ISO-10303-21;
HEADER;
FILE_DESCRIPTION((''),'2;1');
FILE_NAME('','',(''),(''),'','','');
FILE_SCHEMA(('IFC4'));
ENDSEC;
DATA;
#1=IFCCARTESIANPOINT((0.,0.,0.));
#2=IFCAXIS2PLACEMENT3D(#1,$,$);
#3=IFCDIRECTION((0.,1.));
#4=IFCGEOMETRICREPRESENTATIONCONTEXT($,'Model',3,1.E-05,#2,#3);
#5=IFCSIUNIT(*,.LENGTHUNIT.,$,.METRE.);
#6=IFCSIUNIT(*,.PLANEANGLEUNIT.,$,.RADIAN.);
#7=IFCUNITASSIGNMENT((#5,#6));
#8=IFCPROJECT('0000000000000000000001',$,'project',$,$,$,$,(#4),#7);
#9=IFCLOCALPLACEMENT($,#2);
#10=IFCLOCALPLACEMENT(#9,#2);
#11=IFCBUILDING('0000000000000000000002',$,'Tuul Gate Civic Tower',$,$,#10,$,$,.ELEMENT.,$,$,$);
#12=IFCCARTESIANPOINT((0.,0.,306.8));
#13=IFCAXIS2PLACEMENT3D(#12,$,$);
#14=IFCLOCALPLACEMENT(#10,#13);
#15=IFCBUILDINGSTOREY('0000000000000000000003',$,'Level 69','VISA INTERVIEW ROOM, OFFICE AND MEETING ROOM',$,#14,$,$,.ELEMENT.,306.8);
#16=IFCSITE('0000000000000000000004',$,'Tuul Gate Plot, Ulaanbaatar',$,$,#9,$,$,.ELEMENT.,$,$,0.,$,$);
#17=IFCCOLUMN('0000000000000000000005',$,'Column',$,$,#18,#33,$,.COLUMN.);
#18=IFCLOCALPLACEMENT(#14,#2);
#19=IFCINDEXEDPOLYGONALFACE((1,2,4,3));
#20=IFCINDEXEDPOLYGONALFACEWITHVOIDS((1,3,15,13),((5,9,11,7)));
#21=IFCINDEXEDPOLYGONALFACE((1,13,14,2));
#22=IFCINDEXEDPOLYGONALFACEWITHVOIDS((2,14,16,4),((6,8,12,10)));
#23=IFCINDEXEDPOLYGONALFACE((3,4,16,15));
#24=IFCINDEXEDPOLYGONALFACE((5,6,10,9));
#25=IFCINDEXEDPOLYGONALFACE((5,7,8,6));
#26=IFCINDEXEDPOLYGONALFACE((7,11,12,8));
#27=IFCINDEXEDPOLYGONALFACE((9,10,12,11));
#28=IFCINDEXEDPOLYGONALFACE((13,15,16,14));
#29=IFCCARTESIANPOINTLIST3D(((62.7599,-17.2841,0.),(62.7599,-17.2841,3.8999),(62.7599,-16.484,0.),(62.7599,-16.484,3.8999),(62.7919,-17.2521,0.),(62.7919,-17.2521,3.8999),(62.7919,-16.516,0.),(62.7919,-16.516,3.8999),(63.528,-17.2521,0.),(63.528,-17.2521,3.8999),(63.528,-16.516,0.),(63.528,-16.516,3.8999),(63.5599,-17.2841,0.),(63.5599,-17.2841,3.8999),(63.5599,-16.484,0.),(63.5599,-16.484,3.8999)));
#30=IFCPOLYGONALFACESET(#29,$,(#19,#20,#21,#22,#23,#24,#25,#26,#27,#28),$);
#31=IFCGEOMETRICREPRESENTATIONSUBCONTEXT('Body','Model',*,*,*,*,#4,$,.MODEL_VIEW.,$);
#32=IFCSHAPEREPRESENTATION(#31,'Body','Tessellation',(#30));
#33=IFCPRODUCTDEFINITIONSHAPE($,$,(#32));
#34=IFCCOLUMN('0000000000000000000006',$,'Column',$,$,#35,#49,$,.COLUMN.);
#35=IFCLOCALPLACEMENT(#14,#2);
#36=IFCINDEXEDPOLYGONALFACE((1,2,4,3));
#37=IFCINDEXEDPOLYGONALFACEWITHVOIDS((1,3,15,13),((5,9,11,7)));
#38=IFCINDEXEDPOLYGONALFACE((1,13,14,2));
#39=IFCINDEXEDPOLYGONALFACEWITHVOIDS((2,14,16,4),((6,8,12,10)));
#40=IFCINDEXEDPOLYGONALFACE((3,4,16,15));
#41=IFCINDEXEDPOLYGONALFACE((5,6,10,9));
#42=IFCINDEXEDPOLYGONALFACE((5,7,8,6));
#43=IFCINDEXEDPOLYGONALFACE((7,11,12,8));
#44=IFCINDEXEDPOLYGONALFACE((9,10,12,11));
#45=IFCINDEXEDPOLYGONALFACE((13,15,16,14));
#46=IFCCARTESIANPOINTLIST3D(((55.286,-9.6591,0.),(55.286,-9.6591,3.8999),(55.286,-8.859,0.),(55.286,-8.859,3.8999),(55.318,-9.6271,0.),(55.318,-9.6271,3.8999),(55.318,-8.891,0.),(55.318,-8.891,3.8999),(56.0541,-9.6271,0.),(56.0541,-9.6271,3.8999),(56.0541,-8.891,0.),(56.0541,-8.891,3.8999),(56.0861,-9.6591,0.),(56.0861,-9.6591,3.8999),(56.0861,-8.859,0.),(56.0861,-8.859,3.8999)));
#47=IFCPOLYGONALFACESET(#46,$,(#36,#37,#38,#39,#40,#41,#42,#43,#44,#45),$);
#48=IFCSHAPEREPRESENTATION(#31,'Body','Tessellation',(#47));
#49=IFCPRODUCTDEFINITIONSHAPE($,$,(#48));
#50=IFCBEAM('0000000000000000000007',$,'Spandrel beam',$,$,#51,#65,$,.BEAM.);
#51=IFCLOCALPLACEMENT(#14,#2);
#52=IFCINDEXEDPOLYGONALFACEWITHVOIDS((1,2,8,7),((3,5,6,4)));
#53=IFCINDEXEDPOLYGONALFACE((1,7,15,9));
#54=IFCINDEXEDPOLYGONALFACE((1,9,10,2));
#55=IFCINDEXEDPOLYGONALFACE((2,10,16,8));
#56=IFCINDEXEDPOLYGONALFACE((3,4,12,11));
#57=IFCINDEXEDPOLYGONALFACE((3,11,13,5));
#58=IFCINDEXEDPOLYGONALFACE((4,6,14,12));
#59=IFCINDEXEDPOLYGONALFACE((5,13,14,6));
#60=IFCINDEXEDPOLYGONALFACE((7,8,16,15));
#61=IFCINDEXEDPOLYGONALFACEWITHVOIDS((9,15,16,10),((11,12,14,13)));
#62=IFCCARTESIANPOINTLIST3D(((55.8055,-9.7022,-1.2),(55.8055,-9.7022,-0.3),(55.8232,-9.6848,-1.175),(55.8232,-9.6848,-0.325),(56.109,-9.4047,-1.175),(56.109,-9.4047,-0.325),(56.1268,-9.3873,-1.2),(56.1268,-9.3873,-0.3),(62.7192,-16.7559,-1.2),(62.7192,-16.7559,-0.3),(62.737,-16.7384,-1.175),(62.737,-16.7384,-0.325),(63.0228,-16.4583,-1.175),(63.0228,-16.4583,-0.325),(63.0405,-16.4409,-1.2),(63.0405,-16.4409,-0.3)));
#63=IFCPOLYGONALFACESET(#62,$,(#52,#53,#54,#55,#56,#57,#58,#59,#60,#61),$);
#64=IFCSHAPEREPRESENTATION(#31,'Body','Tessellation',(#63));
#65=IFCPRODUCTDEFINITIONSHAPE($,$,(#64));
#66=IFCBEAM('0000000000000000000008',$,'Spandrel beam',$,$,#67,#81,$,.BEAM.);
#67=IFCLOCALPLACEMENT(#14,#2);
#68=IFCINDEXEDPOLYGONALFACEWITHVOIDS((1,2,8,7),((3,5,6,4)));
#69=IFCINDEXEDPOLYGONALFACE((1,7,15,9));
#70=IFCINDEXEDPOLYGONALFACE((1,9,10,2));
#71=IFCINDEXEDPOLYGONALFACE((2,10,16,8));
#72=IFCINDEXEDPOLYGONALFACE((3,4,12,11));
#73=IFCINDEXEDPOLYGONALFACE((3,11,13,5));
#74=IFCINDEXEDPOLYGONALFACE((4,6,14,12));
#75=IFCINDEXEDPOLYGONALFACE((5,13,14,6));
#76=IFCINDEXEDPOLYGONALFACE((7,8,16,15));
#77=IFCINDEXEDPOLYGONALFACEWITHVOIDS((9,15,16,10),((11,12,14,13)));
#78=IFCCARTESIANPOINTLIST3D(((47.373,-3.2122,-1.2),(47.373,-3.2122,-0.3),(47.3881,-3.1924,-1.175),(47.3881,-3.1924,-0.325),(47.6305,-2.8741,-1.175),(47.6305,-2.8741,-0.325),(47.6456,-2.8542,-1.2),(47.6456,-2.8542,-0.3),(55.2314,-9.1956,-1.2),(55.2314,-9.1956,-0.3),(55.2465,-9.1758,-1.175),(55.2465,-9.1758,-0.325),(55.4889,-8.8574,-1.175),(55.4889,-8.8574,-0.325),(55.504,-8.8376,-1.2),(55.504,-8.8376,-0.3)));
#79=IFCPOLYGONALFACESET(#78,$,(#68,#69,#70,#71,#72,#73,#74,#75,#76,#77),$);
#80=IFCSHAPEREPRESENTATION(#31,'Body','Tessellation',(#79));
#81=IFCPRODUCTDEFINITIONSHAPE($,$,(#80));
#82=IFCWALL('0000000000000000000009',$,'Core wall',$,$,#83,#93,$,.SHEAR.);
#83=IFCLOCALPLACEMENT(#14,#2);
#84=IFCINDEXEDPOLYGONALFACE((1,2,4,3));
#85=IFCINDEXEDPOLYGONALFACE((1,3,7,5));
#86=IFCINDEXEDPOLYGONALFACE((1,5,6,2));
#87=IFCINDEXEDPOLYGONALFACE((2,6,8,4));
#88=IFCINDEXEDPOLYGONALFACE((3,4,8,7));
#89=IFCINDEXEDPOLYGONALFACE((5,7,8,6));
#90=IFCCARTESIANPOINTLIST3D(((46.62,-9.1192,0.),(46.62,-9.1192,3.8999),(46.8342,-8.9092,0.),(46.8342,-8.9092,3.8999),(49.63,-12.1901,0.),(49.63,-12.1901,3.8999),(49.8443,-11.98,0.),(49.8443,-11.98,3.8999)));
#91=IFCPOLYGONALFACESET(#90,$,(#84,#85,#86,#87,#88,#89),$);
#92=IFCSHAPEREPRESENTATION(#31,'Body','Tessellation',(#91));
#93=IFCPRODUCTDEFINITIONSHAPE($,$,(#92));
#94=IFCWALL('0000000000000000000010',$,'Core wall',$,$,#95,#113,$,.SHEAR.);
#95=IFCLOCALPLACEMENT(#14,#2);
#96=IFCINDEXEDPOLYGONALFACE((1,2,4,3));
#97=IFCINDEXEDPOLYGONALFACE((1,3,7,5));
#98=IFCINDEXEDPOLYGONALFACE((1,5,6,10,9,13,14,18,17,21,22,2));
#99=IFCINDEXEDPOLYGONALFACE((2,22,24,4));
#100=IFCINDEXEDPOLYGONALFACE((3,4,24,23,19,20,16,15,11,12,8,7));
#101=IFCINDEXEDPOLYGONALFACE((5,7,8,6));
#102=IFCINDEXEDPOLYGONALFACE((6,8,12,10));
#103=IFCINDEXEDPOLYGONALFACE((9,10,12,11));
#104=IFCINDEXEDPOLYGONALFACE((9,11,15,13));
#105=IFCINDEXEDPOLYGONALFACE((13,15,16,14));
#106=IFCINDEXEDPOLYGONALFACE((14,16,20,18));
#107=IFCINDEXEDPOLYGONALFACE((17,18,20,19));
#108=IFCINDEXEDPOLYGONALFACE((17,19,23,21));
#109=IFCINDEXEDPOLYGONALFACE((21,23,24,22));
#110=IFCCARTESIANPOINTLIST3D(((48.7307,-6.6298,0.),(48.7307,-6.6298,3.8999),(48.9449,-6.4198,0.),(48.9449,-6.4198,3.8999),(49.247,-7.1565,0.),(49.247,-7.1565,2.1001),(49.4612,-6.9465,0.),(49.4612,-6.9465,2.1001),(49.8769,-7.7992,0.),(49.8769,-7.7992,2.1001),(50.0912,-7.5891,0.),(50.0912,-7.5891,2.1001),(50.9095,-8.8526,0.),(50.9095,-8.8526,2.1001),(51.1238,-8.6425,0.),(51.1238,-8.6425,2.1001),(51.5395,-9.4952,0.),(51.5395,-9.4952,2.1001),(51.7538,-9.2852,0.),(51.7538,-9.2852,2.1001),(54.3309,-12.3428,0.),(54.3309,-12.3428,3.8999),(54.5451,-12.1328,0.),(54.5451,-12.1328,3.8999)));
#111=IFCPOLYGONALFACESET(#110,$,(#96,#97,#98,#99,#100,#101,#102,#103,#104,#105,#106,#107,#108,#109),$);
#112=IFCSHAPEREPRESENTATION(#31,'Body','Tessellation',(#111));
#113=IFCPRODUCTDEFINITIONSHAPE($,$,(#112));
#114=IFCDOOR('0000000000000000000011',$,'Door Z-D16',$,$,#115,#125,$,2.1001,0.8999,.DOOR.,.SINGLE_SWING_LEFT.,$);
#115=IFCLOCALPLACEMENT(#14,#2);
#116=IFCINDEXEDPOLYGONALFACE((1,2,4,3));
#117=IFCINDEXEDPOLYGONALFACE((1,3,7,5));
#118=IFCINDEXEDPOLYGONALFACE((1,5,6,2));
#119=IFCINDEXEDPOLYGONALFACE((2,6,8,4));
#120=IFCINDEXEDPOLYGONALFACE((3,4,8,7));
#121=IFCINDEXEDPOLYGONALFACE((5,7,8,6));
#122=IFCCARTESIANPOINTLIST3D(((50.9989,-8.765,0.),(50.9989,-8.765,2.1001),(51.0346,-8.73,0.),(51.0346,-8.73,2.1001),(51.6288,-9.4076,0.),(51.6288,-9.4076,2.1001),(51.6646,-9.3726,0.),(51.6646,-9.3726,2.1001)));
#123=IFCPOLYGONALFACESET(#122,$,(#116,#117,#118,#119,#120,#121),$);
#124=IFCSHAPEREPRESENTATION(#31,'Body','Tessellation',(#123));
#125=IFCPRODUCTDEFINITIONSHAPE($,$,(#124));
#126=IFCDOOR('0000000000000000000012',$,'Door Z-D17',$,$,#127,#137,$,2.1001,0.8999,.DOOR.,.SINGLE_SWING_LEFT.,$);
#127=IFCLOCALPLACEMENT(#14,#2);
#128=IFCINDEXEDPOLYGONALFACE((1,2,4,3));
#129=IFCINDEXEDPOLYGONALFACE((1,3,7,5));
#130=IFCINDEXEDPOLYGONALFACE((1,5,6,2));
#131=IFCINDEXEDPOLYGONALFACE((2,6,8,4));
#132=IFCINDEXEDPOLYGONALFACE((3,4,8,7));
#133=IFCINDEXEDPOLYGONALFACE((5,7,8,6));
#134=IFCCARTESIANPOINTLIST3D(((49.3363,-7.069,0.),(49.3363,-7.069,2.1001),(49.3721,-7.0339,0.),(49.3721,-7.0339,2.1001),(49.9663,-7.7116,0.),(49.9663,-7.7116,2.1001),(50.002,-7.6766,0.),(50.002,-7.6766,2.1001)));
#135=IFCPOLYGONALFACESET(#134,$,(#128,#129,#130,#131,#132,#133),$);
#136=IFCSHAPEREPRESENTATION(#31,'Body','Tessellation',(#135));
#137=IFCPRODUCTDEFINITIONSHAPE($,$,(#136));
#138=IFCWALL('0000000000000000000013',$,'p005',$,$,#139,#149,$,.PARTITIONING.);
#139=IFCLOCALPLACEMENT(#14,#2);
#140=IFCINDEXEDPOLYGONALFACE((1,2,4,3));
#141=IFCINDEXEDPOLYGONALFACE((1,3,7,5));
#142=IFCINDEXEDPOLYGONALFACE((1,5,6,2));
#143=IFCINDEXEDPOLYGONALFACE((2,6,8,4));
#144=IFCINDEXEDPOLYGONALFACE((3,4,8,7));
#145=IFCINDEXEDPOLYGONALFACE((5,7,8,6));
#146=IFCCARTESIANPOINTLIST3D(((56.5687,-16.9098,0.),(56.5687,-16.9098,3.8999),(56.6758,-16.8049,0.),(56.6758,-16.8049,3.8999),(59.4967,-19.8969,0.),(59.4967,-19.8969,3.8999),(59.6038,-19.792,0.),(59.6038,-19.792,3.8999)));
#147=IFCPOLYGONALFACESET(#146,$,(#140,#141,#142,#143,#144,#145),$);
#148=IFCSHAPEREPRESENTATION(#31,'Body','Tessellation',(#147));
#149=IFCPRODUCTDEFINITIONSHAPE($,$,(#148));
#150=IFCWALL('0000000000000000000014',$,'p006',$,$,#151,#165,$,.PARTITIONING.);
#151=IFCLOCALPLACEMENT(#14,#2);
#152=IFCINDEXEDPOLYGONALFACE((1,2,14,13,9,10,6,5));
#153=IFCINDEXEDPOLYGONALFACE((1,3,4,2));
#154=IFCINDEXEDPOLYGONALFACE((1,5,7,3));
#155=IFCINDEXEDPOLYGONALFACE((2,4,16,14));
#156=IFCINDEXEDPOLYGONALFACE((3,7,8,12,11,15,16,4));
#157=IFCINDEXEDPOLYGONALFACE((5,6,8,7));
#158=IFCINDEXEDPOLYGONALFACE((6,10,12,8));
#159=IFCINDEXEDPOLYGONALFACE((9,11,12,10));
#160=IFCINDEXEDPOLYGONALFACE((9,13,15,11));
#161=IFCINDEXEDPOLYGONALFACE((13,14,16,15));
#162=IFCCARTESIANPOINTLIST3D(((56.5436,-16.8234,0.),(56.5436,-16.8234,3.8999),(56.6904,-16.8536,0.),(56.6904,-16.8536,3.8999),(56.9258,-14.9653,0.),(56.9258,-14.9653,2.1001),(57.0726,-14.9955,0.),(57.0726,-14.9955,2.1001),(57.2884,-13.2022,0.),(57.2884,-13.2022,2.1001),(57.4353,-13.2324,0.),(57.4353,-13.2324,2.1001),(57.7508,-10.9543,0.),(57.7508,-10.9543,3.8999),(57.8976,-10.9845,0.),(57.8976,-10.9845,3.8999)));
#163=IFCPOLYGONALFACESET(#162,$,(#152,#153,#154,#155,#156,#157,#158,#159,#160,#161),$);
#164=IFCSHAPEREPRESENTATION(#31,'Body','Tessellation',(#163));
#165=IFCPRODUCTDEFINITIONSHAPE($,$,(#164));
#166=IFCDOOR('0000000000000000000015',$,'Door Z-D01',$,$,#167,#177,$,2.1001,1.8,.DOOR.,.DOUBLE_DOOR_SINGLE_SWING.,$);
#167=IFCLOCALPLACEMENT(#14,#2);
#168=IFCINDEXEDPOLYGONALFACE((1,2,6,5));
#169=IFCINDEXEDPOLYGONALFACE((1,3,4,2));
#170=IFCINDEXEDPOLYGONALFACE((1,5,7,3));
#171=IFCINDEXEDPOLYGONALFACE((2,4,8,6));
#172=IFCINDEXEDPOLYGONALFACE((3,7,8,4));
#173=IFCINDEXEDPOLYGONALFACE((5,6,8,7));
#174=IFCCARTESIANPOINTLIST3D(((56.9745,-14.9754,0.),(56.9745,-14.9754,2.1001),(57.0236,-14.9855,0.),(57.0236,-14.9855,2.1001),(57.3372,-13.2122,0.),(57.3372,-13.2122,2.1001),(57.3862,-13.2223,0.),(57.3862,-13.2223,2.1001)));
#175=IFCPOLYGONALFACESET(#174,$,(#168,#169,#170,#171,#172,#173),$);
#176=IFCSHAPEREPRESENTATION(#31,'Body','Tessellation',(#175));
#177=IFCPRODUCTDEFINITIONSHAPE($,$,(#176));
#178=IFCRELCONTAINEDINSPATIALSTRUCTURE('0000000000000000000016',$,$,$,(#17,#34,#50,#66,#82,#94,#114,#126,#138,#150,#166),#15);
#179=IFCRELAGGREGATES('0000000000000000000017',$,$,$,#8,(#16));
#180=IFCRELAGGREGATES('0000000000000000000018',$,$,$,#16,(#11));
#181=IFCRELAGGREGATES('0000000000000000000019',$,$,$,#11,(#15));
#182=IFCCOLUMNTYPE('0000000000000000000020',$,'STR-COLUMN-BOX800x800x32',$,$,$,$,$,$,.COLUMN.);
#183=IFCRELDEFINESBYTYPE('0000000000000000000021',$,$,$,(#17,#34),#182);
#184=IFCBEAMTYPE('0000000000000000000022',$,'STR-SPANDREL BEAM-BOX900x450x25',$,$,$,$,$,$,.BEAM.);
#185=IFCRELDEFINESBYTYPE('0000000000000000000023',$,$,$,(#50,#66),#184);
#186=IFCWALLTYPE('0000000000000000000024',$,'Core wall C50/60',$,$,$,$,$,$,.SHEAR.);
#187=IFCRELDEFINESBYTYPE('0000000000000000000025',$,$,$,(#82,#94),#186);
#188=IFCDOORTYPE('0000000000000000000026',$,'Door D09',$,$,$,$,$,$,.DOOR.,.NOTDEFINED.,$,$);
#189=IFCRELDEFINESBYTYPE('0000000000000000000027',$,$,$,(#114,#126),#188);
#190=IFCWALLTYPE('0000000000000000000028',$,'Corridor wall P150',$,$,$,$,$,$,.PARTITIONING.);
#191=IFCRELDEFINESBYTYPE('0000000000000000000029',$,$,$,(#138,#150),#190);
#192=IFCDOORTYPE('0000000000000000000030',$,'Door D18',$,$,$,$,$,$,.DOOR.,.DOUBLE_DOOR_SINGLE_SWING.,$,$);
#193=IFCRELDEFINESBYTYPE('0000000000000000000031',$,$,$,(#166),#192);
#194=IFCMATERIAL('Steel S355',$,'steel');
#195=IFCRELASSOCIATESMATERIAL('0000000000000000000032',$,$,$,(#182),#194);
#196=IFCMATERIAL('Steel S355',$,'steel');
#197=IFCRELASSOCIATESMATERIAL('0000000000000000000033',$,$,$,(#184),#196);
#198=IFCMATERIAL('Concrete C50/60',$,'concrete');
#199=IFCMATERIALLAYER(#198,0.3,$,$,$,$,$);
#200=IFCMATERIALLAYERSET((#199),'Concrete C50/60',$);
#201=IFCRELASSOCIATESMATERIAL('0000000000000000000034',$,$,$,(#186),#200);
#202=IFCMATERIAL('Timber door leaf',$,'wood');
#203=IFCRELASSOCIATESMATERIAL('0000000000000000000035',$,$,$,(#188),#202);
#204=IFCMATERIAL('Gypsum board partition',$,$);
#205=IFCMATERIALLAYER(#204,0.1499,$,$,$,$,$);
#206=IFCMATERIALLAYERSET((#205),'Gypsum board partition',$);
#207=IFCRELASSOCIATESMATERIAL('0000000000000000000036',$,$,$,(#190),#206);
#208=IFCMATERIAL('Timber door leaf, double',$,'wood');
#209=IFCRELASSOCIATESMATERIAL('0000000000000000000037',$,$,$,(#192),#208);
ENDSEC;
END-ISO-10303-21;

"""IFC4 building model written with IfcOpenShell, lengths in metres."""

from ifc_helpers import new_model, si_unit, direction, frame, frame_2d, origin, origin_2d, place, context, subcontext, project, spatial, rectangle, hollow_rectangle, extrude, material, layer, layer_set, material_profile, profile_set, type_object, element, fill, save


model = new_model("IFC4")

# Units and contexts
model_context = context("Model", 3, precision=1e-05, world=origin(), true_north=direction((0.0, 1.0)))
body_context = subcontext(model_context, "Body", "Model", "MODEL_VIEW")
ifc_project = project(units=[si_unit("LENGTHUNIT", "METRE"), si_unit("PLANEANGLEUNIT", "RADIAN")], contexts=[model_context])

# Site, building, storey
site_placement = place(None, origin())
site = spatial("IfcSite", under=ifc_project, at=site_placement, Name="Tuul Gate Plot, Ulaanbaatar", CompositionType="ELEMENT", RefElevation=0.0)
building_placement = place(site_placement, origin())
building = spatial("IfcBuilding", under=site, at=building_placement, Name="Tuul Gate Civic Tower", CompositionType="ELEMENT")
storey_placement = place(building_placement, frame((0.0, 0.0, 306.8)))
storey = spatial("IfcBuildingStorey", under=building, at=storey_placement, Name="Level 69", Description="VISA INTERVIEW ROOM, OFFICE AND MEETING ROOM", CompositionType="ELEMENT", Elevation=306.8)

# Columns
ifc_material_1 = material(Name="Steel S355", Category="steel")
ifc_material_profile_1 = material_profile(ifc_material_1, hollow_rectangle(XDim=0.8, YDim=0.8, WallThickness=0.032, at=origin_2d()), Name="BOX800x800x32")
ifc_profile_set_1 = profile_set([ifc_material_profile_1], Name="Steel S355")
column_type = type_object("IfcColumnType", Name="STR-COLUMN-BOX800x800x32", PredefinedType="COLUMN", material=ifc_profile_set_1)
for number, where, z_axis, x_axis, name in (
    (1, (63.1599, -16.884, 0.0), (0.0, 0.0, 1.0), (1.0, 0.0, 0.0), "Column"),
    (2, (55.686, -9.259, 0.0), (0.0, 0.0, 1.0), (1.0, 0.0, 0.0), "Column"),
):
    element("IfcColumn", number, at=place(storey_placement, frame(where, z_axis=z_axis, x_axis=x_axis)), inside=storey, type_object=column_type, Name=name, PredefinedType="COLUMN", context=body_context, shape_type="SweptSolid", body=[
        extrude(hollow_rectangle(XDim=0.8, YDim=0.8, WallThickness=0.032, at=origin_2d()), origin(), (0.0, 0.0, 1.0), 3.8999),
    ])

# Beams
ifc_material_2 = material(Name="Steel S355", Category="steel")
ifc_material_profile_2 = material_profile(ifc_material_2, hollow_rectangle(XDim=0.45, YDim=0.8999, WallThickness=0.0249, at=origin_2d()), Name="BOX900x450x25")
ifc_profile_set_2 = profile_set([ifc_material_profile_2], Name="Steel S355")
beam_type = type_object("IfcBeamType", Name="STR-SPANDREL BEAM-BOX900x450x25", PredefinedType="BEAM", material=ifc_profile_set_2)
for number, where, z_axis, x_axis, name in (
    (3, (62.8799, -16.5984, -0.75), (-0.69999, 0.714153, 0.0), (-0.714153, -0.69999, 0.0), "Spandrel beam"),
    (4, (55.3677, -9.0166, -0.75), (-0.795625, 0.60579, 0.0), (-0.60579, -0.795625, 0.0), "Spandrel beam"),
):
    element("IfcBeam", number, at=place(storey_placement, frame(where, z_axis=z_axis, x_axis=x_axis)), inside=storey, type_object=beam_type, Name=name, PredefinedType="BEAM", context=body_context, shape_type="SweptSolid", body=[
        extrude(hollow_rectangle(XDim=0.45, YDim=0.8999, WallThickness=0.0249, at=origin_2d()), origin(), (0.0, 0.0, 1.0), 9.877),
    ])

# Wall
ifc_material_3 = material(Name="Concrete C50/60", Category="concrete")
ifc_layer_1 = layer(ifc_material_3, 0.3)
ifc_layer_set_1 = layer_set([ifc_layer_1], Name="Concrete C50/60")
wall_type_1 = type_object("IfcWallType", Name="Core wall C50/60", PredefinedType="SHEAR", material=ifc_layer_set_1)
wall_1_placement = place(storey_placement, frame((49.7371, -12.085, 0.0), z_axis=(0.0, 0.0, 1.0), x_axis=(-0.700003, 0.71414, 0.0)))
element("IfcWall", 5, at=wall_1_placement, inside=storey, type_object=wall_type_1, Name="Core wall", PredefinedType="SHEAR", context=body_context, shape_type="SweptSolid", body=[
    extrude(rectangle(XDim=4.3, YDim=0.3, at=frame_2d((2.1499, 0.0))), origin(), (0.0, 0.0, 1.0), 3.8999),
])

# Wall, openings, doors
wall_2_placement = place(storey_placement, frame((54.438, -12.2378, 0.0), z_axis=(0.0, 0.0, 1.0), x_axis=(-0.700022, 0.714121, 0.0)))
wall_2 = element("IfcWall", 6, at=wall_2_placement, inside=storey, type_object=wall_type_1, Name="Core wall", PredefinedType="SHEAR", context=body_context, shape_type="SweptSolid", body=[
    extrude(rectangle(XDim=8.0, YDim=0.3, at=frame_2d((4.0, 0.0))), origin(), (0.0, 0.0, 1.0), 3.8999),
])
opening_1_placement = place(wall_2_placement, frame((3.9875, 0.0, 0.0)))
opening_1 = element("IfcOpeningElement", 7, at=opening_1_placement, cuts=wall_2, PredefinedType="OPENING", context=body_context, shape_type="SweptSolid", body=[
    extrude(rectangle(XDim=0.8999, YDim=2.1001, at=frame_2d((0.45, 1.05))), frame((0.0, 0.1602, 0.0), z_axis=(0.0, -1.0, 0.0), x_axis=(1.0, 0.0, 0.0)), (0.0, 0.0, 1.0), 0.3201),
])
opening_2_placement = place(wall_2_placement, frame((6.3625, 0.0, 0.0)))
opening_2 = element("IfcOpeningElement", 8, at=opening_2_placement, cuts=wall_2, PredefinedType="OPENING", context=body_context, shape_type="SweptSolid", body=[
    extrude(rectangle(XDim=0.8999, YDim=2.1001, at=frame_2d((0.45, 1.05))), frame((0.0, 0.1602, 0.0), z_axis=(0.0, -1.0, 0.0), x_axis=(1.0, 0.0, 0.0)), (0.0, 0.0, 1.0), 0.3201),
])
ifc_material_4 = material(Name="Timber door leaf", Category="wood")
door_type_1 = type_object("IfcDoorType", Name="Door D09", OperationType="NOTDEFINED", PredefinedType="DOOR", material=ifc_material_4)
door_1_placement = place(opening_1_placement, origin())
door_1 = element("IfcDoor", 9, at=door_1_placement, inside=storey, type_object=door_type_1, Name="Door Z-D16", OperationType="SINGLE_SWING_LEFT", OverallHeight=2.1001, OverallWidth=0.8999, PredefinedType="DOOR", context=body_context, shape_type="SweptSolid", body=[
    extrude(rectangle(XDim=0.8999, YDim=2.1001, at=frame_2d((0.45, 1.05))), frame((0.0, 0.0249, 0.0), z_axis=(0.0, -1.0, 0.0), x_axis=(1.0, 0.0, 0.0)), (0.0, 0.0, 1.0), 0.05),
])
fill(opening_1, door_1)
door_2_placement = place(opening_2_placement, origin())
door_2 = element("IfcDoor", 10, at=door_2_placement, inside=storey, type_object=door_type_1, Name="Door Z-D17", OperationType="SINGLE_SWING_LEFT", OverallHeight=2.1001, OverallWidth=0.8999, PredefinedType="DOOR", context=body_context, shape_type="SweptSolid", body=[
    extrude(rectangle(XDim=0.8999, YDim=2.1001, at=frame_2d((0.45, 1.05))), frame((0.0, 0.0249, 0.0), z_axis=(0.0, -1.0, 0.0), x_axis=(1.0, 0.0, 0.0)), (0.0, 0.0, 1.0), 0.05),
])
fill(opening_2, door_2)

# Wall
ifc_material_5 = material(Name="Gypsum board partition")
ifc_layer_2 = layer(ifc_material_5, 0.1499)
ifc_layer_set_2 = layer_set([ifc_layer_2], Name="Gypsum board partition")
wall_type_2 = type_object("IfcWallType", Name="Corridor wall P150", PredefinedType="PARTITIONING", material=ifc_layer_set_2)
wall_3_placement = place(storey_placement, frame((56.6223, -16.8574, 0.0), z_axis=(0.0, 0.0, 1.0), x_axis=(0.700009, -0.714134, 0.0)))
element("IfcWall", 11, at=wall_3_placement, inside=storey, type_object=wall_type_2, Name="p005", PredefinedType="PARTITIONING", context=body_context, shape_type="SweptSolid", body=[
    extrude(rectangle(XDim=4.1829, YDim=0.1499, at=frame_2d((2.0913, 0.0))), origin(), (0.0, 0.0, 1.0), 3.8999),
])

# Wall, opening, door
wall_4_placement = place(storey_placement, frame((56.6169, -16.8386, 0.0), z_axis=(0.0, 0.0, 1.0), x_axis=(0.20148, 0.979493, 0.0)))
wall_4 = element("IfcWall", 12, at=wall_4_placement, inside=storey, type_object=wall_type_2, Name="p006", PredefinedType="PARTITIONING", context=body_context, shape_type="SweptSolid", body=[
    extrude(rectangle(XDim=5.9919, YDim=0.1499, at=frame_2d((2.9961, 0.0))), origin(), (0.0, 0.0, 1.0), 3.8999),
])
opening_3_placement = place(wall_4_placement, frame((1.8972, 0.0, 0.0)))
opening_3 = element("IfcOpeningElement", 13, at=opening_3_placement, cuts=wall_4, PredefinedType="OPENING", context=body_context, shape_type="SweptSolid", body=[
    extrude(rectangle(XDim=1.8, YDim=2.1001, at=frame_2d((0.8999, 1.05))), frame((0.0, 0.085, 0.0), z_axis=(0.0, -1.0, 0.0), x_axis=(1.0, 0.0, 0.0)), (0.0, 0.0, 1.0), 0.1699),
])
ifc_material_6 = material(Name="Timber door leaf, double", Category="wood")
door_type_2 = type_object("IfcDoorType", Name="Door D18", OperationType="DOUBLE_DOOR_SINGLE_SWING", PredefinedType="DOOR", material=ifc_material_6)
door_3_placement = place(opening_3_placement, frame((1.8, 0.0, 0.0), z_axis=(0.0, 0.0, 1.0), x_axis=(-1.0, 0.0, 0.0)))
door_3 = element("IfcDoor", 14, at=door_3_placement, inside=storey, type_object=door_type_2, Name="Door Z-D01", OperationType="DOUBLE_DOOR_SINGLE_SWING", OverallHeight=2.1001, OverallWidth=1.8, PredefinedType="DOOR", context=body_context, shape_type="SweptSolid", body=[
    extrude(rectangle(XDim=1.8, YDim=2.1001, at=frame_2d((0.9001, 1.05))), frame((0.0, 0.0249, 0.0), z_axis=(0.0, -1.0, 0.0), x_axis=(1.0, 0.0, 0.0)), (0.0, 0.0, 1.0), 0.05),
])
fill(opening_3, door_3)

save(model, "model.ifc")
